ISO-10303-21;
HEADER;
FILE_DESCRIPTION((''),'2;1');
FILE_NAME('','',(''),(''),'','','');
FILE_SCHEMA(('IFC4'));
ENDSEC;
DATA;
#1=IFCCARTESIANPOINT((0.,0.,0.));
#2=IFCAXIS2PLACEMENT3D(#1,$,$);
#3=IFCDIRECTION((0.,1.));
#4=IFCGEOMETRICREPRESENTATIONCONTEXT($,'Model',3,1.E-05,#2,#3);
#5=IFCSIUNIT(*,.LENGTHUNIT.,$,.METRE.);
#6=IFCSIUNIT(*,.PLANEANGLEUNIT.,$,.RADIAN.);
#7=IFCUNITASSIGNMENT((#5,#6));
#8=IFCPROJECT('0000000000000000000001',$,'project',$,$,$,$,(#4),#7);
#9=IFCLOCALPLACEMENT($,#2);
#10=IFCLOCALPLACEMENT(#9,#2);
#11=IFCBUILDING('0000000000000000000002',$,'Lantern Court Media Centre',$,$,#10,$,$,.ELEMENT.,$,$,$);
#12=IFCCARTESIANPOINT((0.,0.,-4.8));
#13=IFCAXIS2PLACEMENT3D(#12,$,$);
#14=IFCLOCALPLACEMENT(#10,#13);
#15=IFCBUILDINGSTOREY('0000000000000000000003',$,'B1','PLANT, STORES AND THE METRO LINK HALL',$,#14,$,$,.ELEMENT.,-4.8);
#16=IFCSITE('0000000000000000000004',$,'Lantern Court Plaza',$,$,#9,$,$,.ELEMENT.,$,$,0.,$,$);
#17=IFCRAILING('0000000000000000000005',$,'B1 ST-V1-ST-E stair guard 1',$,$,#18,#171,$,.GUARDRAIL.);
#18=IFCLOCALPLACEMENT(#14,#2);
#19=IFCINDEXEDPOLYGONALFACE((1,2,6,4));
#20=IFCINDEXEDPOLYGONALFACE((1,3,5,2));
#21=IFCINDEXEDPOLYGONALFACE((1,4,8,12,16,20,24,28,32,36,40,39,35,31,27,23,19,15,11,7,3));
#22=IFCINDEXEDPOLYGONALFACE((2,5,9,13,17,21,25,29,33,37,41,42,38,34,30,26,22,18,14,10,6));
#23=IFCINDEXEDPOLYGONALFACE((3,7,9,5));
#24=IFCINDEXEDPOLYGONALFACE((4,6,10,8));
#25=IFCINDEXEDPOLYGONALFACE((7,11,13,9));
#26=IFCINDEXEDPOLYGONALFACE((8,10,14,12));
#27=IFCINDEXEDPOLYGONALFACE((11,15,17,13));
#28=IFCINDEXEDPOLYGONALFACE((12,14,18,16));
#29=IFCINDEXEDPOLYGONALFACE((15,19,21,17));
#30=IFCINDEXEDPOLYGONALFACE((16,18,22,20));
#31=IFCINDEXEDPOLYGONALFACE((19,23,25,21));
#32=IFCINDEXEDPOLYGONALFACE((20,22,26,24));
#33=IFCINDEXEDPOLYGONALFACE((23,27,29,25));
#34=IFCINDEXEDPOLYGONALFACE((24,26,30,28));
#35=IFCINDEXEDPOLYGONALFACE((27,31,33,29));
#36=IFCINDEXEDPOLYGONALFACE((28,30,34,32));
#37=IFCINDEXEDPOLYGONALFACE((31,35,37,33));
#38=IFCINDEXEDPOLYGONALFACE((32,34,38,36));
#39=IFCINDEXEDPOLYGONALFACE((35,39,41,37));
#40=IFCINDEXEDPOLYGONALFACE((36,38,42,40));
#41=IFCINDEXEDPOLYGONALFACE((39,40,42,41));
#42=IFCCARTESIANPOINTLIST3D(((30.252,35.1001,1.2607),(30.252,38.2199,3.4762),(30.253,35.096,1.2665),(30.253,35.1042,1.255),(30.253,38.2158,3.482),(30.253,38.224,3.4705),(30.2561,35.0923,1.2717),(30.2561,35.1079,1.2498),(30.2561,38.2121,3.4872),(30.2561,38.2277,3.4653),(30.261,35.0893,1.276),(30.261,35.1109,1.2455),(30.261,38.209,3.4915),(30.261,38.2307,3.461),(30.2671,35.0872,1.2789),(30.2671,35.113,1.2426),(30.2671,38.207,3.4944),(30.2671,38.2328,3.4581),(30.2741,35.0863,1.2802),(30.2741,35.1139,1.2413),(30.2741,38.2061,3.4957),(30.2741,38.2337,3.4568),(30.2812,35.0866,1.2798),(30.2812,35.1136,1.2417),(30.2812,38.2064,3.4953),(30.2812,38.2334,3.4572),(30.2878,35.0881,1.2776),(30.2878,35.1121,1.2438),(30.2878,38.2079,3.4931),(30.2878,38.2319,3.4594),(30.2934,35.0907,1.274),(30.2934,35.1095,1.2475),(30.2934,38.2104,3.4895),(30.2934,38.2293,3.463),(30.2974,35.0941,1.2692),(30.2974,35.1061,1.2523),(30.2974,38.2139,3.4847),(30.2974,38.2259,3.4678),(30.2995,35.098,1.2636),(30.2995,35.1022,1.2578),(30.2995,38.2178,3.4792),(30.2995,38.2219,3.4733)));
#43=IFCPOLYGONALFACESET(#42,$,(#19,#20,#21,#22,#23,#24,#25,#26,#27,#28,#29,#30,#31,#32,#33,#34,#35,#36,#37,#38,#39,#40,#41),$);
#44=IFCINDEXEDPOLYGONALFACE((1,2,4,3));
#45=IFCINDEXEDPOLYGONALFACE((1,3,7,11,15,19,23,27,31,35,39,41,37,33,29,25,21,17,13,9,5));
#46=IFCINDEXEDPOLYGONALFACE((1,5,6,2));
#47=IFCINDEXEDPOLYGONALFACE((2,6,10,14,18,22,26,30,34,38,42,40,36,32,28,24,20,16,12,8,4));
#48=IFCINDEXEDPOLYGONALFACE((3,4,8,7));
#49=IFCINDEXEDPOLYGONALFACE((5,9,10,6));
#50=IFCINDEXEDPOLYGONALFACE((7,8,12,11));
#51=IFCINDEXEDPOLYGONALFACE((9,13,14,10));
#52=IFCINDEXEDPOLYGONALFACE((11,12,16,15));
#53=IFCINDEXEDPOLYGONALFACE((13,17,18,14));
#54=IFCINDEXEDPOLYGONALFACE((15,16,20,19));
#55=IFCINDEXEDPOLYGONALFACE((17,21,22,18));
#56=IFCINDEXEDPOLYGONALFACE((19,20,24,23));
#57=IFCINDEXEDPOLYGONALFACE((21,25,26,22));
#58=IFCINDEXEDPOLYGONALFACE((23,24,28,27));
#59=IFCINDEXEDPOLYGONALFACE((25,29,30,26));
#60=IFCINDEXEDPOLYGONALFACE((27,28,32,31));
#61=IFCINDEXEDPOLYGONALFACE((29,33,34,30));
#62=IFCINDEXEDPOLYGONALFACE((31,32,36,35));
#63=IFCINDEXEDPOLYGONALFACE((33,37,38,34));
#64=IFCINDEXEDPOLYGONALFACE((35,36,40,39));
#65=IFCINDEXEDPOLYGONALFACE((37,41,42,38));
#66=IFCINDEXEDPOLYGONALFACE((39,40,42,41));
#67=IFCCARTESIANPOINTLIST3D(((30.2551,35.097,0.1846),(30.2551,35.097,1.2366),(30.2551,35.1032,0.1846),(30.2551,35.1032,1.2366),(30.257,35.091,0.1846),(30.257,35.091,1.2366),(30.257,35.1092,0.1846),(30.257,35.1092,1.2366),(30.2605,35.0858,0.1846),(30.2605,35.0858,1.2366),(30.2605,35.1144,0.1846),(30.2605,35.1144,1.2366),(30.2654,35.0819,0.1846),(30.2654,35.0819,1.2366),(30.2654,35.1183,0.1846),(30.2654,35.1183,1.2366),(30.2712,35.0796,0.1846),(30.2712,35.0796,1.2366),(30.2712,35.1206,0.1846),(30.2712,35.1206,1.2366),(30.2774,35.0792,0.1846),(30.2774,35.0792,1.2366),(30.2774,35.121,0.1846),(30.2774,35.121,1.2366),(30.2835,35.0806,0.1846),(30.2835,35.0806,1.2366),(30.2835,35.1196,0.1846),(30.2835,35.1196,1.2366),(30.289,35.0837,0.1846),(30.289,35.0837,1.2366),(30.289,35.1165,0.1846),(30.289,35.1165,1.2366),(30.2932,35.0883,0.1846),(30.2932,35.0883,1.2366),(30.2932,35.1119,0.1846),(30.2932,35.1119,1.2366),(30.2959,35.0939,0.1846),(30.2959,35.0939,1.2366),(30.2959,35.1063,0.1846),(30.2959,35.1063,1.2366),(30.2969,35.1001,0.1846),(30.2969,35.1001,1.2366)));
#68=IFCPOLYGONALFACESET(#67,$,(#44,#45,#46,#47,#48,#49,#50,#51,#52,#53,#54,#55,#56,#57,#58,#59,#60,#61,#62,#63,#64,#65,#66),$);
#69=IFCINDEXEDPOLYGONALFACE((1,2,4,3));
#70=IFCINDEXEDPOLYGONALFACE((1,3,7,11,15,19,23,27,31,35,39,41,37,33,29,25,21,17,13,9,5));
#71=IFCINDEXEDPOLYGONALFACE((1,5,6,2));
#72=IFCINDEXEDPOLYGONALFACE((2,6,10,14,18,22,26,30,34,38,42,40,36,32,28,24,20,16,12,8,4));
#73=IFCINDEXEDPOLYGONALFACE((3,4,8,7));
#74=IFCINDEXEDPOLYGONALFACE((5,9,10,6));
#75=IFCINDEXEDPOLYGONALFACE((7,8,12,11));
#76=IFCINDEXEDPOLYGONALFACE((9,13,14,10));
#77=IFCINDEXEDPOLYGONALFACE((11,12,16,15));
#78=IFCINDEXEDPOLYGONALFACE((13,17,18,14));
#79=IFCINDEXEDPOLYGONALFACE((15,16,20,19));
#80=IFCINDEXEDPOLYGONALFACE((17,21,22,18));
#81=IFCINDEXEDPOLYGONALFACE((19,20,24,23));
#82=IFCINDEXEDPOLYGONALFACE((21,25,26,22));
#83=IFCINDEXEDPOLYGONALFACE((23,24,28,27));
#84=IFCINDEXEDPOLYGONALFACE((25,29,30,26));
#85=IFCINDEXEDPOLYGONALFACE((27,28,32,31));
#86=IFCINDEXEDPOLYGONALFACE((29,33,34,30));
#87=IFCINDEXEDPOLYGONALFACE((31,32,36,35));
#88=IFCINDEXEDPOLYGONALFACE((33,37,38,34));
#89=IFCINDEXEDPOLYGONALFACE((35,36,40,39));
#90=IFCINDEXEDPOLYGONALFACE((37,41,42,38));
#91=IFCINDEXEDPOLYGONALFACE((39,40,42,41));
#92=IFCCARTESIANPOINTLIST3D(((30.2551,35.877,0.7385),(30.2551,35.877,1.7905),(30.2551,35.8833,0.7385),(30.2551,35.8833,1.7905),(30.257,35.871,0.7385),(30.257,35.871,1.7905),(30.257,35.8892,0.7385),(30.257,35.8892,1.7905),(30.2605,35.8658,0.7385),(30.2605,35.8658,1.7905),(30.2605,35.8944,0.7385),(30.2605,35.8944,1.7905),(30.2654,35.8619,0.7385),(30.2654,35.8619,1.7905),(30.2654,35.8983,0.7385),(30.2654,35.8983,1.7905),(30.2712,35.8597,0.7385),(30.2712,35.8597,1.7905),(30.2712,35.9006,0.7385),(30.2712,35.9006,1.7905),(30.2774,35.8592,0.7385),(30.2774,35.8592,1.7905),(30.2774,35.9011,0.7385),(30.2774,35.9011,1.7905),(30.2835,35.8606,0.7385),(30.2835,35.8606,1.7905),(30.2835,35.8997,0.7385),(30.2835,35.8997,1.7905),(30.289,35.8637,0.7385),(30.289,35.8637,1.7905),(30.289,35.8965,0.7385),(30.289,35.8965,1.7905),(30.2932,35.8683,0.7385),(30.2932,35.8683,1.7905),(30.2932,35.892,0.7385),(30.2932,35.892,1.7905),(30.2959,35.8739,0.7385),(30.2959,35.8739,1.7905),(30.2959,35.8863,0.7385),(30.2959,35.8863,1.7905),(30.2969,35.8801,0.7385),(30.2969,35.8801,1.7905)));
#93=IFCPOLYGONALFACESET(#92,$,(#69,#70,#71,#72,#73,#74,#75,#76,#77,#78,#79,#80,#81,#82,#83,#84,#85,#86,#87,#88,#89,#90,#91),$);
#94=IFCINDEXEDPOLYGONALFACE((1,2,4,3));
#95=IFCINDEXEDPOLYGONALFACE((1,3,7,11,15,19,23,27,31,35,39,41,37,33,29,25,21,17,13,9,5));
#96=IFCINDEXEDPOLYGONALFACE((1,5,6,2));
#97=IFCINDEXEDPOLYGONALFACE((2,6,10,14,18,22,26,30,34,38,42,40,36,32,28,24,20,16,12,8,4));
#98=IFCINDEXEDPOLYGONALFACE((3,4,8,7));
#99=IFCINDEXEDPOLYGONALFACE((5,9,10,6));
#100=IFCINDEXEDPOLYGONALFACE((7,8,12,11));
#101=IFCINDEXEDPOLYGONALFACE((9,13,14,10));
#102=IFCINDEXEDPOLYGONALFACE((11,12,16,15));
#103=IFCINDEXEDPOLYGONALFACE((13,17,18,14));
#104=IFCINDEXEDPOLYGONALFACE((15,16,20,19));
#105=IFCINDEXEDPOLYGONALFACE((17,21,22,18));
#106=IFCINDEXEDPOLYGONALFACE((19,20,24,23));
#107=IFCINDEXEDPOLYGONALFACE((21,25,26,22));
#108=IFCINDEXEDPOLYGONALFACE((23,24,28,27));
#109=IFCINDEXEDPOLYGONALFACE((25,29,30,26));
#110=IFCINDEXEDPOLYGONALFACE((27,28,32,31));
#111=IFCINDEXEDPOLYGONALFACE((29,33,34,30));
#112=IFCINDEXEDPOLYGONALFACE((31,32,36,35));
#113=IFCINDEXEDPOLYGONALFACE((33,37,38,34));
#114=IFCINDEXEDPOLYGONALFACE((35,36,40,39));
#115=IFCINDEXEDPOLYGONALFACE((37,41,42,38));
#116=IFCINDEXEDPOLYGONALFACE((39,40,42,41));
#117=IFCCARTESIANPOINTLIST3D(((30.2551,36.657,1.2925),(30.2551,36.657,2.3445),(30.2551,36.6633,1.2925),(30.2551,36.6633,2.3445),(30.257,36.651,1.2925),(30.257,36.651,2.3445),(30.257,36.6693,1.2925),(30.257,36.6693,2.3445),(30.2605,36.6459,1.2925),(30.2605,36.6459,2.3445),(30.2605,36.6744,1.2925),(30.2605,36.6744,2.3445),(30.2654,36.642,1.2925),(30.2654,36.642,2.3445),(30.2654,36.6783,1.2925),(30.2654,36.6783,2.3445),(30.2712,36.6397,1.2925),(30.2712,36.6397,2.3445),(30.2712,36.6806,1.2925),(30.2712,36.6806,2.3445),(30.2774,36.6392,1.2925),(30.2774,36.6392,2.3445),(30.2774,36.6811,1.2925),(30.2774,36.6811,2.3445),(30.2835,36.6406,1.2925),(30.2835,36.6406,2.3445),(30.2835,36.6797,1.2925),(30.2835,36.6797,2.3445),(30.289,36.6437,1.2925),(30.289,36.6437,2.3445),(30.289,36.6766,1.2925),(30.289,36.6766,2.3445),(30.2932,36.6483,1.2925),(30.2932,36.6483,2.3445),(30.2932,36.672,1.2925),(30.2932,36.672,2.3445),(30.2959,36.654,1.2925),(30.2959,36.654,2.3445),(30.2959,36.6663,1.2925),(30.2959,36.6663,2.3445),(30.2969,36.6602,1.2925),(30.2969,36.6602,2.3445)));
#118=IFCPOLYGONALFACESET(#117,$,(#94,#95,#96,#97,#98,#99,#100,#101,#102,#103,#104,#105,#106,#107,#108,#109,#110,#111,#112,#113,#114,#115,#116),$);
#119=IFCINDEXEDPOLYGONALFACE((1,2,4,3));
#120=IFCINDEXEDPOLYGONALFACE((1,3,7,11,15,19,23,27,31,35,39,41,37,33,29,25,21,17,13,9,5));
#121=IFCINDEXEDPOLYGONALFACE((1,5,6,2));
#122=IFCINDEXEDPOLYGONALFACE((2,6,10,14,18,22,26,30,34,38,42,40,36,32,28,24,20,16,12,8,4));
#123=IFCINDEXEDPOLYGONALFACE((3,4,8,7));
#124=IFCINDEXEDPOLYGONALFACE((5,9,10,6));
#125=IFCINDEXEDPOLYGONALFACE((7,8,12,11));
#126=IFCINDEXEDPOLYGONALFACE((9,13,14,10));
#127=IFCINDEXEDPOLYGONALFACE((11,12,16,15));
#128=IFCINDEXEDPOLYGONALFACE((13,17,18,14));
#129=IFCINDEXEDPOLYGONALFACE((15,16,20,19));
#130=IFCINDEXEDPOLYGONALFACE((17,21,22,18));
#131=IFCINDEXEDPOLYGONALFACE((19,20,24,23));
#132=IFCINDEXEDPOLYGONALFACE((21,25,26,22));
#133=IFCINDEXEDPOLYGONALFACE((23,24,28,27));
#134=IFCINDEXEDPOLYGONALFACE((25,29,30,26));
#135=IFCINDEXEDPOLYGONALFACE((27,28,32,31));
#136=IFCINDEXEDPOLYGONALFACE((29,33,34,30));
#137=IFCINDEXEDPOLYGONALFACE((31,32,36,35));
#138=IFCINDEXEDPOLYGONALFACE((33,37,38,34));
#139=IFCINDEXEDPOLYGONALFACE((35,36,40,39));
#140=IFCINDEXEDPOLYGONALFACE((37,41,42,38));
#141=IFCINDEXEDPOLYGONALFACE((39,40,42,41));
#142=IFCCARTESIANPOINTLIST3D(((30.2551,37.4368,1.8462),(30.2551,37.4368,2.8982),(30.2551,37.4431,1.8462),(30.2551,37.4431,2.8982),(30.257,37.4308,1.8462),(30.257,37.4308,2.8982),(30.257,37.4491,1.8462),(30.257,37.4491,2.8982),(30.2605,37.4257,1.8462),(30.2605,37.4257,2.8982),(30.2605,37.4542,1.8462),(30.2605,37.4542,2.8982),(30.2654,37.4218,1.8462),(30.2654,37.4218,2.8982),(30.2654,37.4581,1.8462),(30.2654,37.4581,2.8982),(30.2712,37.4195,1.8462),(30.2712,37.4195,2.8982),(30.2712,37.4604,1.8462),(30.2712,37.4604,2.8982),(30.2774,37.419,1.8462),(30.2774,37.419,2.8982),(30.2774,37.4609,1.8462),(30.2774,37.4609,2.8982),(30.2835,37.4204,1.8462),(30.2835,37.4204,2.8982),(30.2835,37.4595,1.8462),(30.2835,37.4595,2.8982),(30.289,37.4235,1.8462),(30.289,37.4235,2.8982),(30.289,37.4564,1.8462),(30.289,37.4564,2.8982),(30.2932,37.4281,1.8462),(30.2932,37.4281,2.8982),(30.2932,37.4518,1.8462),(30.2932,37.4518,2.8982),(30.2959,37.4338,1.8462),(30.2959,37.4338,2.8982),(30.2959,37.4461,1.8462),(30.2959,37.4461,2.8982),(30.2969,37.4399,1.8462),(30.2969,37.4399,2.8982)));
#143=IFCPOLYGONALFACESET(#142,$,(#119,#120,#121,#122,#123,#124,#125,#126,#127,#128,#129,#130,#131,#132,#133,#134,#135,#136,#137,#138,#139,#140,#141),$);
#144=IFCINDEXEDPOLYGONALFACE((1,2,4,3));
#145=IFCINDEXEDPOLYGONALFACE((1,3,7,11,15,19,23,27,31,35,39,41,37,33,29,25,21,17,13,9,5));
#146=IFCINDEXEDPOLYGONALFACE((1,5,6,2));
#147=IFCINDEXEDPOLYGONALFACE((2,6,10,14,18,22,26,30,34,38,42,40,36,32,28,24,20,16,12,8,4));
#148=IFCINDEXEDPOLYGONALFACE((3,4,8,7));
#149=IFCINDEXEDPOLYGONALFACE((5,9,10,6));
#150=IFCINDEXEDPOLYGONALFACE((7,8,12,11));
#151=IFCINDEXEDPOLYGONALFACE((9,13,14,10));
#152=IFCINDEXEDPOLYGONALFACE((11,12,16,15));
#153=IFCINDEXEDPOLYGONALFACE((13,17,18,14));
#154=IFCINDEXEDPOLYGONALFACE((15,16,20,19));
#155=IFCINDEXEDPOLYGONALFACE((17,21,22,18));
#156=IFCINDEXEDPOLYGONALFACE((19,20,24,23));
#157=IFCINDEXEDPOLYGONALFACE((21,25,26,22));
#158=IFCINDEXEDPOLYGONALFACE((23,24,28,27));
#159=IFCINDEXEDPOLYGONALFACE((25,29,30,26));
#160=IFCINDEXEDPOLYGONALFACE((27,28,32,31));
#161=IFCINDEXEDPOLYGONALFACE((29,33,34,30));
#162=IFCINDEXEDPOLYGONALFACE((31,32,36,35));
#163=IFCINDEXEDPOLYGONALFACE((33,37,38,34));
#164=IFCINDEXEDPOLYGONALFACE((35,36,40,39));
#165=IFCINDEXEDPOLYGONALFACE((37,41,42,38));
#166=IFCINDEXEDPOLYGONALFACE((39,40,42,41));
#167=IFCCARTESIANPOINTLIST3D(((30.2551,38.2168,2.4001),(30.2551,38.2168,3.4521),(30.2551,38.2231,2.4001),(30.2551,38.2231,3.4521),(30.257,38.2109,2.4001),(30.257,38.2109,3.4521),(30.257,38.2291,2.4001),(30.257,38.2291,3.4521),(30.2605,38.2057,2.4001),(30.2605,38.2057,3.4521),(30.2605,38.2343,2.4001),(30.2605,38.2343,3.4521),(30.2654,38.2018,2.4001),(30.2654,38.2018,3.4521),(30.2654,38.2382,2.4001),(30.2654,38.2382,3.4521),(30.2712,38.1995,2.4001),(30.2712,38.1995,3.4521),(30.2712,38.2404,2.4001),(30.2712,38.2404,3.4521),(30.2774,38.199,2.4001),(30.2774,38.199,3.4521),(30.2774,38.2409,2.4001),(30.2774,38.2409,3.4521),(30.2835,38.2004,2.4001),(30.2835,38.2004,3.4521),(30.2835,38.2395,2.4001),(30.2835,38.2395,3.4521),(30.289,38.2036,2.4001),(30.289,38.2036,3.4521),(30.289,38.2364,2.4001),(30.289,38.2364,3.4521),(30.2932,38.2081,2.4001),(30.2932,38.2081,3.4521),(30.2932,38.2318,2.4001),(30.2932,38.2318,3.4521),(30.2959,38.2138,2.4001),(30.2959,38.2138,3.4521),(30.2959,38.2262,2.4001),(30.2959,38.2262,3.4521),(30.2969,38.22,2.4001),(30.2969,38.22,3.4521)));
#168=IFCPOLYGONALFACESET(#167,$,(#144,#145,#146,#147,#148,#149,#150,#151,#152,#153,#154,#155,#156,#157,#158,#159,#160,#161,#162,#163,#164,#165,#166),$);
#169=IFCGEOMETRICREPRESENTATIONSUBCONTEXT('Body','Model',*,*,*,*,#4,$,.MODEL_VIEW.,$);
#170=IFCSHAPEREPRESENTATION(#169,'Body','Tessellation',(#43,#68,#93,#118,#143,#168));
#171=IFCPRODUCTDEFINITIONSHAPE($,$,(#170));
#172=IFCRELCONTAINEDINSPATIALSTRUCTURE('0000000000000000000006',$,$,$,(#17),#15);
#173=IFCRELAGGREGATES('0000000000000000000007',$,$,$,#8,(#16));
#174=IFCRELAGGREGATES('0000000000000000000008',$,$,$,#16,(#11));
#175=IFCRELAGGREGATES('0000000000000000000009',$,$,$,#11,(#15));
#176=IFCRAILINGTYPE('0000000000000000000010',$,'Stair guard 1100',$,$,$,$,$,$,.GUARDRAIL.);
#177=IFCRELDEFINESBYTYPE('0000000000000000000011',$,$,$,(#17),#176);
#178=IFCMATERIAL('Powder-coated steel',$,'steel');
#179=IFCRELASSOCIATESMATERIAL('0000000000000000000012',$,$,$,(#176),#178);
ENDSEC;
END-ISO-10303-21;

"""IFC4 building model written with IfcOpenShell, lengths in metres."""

from ifc_helpers import new_model, si_unit, direction, frame, origin, origin_2d, place, context, subcontext, project, spatial, circle, extrude, material, type_object, element, save


model = new_model("IFC4")

# Units and contexts
model_context = context("Model", 3, precision=1e-05, world=origin(), true_north=direction((0.0, 1.0)))
body_context = subcontext(model_context, "Body", "Model", "MODEL_VIEW")
ifc_project = project(units=[si_unit("LENGTHUNIT", "METRE"), si_unit("PLANEANGLEUNIT", "RADIAN")], contexts=[model_context])

# Site, building, storey
site_placement = place(None, origin())
site = spatial("IfcSite", under=ifc_project, at=site_placement, Name="Lantern Court Plaza", CompositionType="ELEMENT", RefElevation=0.0)
building_placement = place(site_placement, origin())
building = spatial("IfcBuilding", under=site, at=building_placement, Name="Lantern Court Media Centre", CompositionType="ELEMENT")
storey_placement = place(building_placement, frame((0.0, 0.0, -4.8)))
storey = spatial("IfcBuildingStorey", under=building, at=storey_placement, Name="B1", Description="PLANT, STORES AND THE METRO LINK HALL", CompositionType="ELEMENT", Elevation=-4.8)

# Railing
ifc_material_1 = material(Name="Powder-coated steel", Category="steel")
railing_type_1 = type_object("IfcRailingType", Name="Stair guard 1100", PredefinedType="GUARDRAIL", material=ifc_material_1)
railing_1_placement = place(storey_placement, frame((30.2759, 35.1001, 0.1846)))
element("IfcRailing", 1, at=railing_1_placement, inside=storey, type_object=railing_type_1, Name="B1 ST-V1-ST-E stair guard 1", PredefinedType="GUARDRAIL", context=body_context, shape_type="SweptSolid", body=[
    extrude(circle(Radius=0.0239, at=origin_2d()), frame((0.0, 0.0, 1.0762), z_axis=(0.0, 0.815325, 0.579003), x_axis=(-1.0, 0.0, 0.0)), (0.0, 0.0, 1.0), 3.8264),
    extrude(circle(Radius=0.021, at=origin_2d()), origin(), (0.0, 0.0, 1.0), 1.052),
    extrude(circle(Radius=0.021, at=origin_2d()), frame((0.0, 0.78, 0.554)), (0.0, 0.0, 1.0), 1.052),
    extrude(circle(Radius=0.021, at=origin_2d()), frame((0.0, 1.5601, 1.1079)), (0.0, 0.0, 1.0), 1.052),
    extrude(circle(Radius=0.021, at=origin_2d()), frame((0.0, 2.3398, 1.6616)), (0.0, 0.0, 1.0), 1.052),
    extrude(circle(Radius=0.021, at=origin_2d()), frame((0.0, 3.1199, 2.2156)), (0.0, 0.0, 1.0), 1.052),
])

save(model, "model.ifc")
